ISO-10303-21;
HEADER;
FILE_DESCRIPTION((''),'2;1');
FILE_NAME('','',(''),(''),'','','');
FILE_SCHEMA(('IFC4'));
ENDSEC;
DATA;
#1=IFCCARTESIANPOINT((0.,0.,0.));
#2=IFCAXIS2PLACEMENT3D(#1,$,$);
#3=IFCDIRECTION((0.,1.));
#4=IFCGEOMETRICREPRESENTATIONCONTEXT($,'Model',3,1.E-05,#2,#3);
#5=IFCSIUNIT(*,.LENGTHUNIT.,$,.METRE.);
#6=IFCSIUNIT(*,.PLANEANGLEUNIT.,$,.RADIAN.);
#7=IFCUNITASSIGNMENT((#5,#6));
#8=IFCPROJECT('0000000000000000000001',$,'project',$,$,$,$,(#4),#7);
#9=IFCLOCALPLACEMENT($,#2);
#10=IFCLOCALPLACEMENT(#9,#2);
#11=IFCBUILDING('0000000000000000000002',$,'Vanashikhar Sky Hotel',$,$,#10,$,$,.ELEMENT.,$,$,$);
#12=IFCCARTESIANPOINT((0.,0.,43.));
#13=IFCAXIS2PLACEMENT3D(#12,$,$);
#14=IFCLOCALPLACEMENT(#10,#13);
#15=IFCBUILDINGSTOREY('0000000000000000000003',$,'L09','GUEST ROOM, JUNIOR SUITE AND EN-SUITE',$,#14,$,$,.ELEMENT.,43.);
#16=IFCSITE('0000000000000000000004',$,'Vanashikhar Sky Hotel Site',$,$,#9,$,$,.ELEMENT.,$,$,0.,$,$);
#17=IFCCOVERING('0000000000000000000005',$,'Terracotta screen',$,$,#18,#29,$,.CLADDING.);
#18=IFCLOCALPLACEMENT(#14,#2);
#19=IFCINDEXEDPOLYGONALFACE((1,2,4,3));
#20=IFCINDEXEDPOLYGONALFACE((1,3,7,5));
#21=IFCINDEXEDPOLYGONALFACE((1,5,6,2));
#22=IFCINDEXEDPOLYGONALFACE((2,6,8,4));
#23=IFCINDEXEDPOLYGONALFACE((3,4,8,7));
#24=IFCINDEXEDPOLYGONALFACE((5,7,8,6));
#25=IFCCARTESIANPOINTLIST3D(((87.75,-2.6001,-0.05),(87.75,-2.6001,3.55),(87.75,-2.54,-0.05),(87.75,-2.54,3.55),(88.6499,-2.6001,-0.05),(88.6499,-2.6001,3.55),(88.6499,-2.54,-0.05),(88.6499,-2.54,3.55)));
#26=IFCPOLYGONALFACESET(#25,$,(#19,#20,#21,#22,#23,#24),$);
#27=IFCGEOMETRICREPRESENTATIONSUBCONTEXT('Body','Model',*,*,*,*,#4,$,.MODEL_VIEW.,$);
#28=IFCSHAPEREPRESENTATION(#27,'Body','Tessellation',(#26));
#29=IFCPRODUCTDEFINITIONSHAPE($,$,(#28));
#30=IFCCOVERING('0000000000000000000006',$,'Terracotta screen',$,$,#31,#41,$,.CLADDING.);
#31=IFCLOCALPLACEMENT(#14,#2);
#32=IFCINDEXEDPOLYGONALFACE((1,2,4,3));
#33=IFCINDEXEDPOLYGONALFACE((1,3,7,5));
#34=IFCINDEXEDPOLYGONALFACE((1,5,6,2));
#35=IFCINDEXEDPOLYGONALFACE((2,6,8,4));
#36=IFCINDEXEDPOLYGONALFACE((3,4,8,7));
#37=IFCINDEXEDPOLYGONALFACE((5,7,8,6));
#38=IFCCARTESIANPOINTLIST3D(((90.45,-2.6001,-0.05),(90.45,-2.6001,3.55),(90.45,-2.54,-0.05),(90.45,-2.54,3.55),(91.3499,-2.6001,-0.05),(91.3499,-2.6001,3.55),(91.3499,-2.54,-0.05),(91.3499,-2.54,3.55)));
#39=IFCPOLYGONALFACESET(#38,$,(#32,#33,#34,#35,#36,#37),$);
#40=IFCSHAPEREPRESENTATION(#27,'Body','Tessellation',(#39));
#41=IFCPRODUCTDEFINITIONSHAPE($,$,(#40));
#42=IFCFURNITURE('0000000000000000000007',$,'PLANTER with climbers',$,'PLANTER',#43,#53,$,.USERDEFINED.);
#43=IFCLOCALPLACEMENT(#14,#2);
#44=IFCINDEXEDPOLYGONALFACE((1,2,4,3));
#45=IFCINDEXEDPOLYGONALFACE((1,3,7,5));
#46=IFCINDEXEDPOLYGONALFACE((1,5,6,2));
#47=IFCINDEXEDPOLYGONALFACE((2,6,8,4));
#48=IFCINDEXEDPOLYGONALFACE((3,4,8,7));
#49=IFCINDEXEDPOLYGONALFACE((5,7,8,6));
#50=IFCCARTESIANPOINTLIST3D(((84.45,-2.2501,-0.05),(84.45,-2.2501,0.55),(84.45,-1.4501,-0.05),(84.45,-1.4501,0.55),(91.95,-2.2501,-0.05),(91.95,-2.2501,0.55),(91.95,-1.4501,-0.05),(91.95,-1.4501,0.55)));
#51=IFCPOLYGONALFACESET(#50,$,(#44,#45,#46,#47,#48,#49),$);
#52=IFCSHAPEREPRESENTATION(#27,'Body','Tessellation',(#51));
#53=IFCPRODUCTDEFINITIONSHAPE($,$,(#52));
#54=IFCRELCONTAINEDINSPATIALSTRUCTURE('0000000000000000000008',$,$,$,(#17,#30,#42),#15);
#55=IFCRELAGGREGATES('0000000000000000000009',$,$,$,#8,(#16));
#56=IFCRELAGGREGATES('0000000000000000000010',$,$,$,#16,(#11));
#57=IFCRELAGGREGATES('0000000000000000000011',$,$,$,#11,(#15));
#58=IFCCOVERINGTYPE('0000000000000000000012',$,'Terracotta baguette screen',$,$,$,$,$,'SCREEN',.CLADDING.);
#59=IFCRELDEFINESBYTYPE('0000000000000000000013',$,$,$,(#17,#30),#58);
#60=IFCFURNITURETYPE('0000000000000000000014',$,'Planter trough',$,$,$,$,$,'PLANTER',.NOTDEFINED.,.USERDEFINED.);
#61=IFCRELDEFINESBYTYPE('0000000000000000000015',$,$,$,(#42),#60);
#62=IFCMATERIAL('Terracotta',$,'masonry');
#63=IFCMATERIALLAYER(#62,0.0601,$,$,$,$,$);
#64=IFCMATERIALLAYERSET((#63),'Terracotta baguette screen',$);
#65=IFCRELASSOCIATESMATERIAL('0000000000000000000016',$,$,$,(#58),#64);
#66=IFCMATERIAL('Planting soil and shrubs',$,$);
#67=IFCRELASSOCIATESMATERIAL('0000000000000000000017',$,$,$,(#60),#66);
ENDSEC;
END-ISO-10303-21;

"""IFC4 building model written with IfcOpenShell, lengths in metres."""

from ifc_helpers import new_model, si_unit, direction, frame, origin, origin_2d, place, context, subcontext, project, spatial, rectangle, extrude, source, transform, mapped, material, layer, layer_set, type_object, element, save


model = new_model("IFC4")

# Units and contexts
model_context = context("Model", 3, precision=1e-05, world=origin(), true_north=direction((0.0, 1.0)))
body_context = subcontext(model_context, "Body", "Model", "MODEL_VIEW")
ifc_project = project(units=[si_unit("LENGTHUNIT", "METRE"), si_unit("PLANEANGLEUNIT", "RADIAN")], contexts=[model_context])

# Site, building, storey
site_placement = place(None, origin())
site = spatial("IfcSite", under=ifc_project, at=site_placement, Name="Vanashikhar Sky Hotel Site", CompositionType="ELEMENT", RefElevation=0.0)
building_placement = place(site_placement, origin())
building = spatial("IfcBuilding", under=site, at=building_placement, Name="Vanashikhar Sky Hotel", CompositionType="ELEMENT")
storey_placement = place(building_placement, frame((0.0, 0.0, 43.0)))
storey = spatial("IfcBuildingStorey", under=building, at=storey_placement, Name="L09", Description="GUEST ROOM, JUNIOR SUITE AND EN-SUITE", CompositionType="ELEMENT", Elevation=43.0)

# Coverings
ifc_material_1 = material(Name="Terracotta", Category="masonry")
ifc_layer_1 = layer(ifc_material_1, 0.0601)
ifc_layer_set_1 = layer_set([ifc_layer_1], Name="Terracotta baguette screen")
covering_type = type_object("IfcCoveringType", Name="Terracotta baguette screen", ElementType="SCREEN", PredefinedType="CLADDING", material=ifc_layer_set_1)
shared_shape_1 = source(origin(), body_context, "Body", "SweptSolid", [
    extrude(rectangle(XDim=0.8999, YDim=0.0601, at=origin_2d()), origin(), (0.0, 0.0, 1.0), 3.6001),
])
for number, where, z_axis, x_axis, name in (
    (1, (88.2, -2.5701, -0.05), (0.0, 0.0, 1.0), (1.0, 0.0, 0.0), "Terracotta screen"),
    (2, (90.8999, -2.5701, -0.05), (0.0, 0.0, 1.0), (1.0, 0.0, 0.0), "Terracotta screen"),
):
    element("IfcCovering", number, at=place(storey_placement, frame(where, z_axis=z_axis, x_axis=x_axis)), inside=storey, type_object=covering_type, Name=name, PredefinedType="CLADDING", context=body_context, shape_type="MappedRepresentation", body=[
        mapped(shared_shape_1, transform((0.0, 0.0, 0.0), scale=1.0)),
    ])

# Furniture
ifc_material_2 = material(Name="Planting soil and shrubs")
furniture_type = type_object("IfcFurnitureType", Name="Planter trough", ElementType="PLANTER", AssemblyPlace="NOTDEFINED", PredefinedType="USERDEFINED", material=ifc_material_2)
shared_shape_2 = source(origin(), body_context, "Body", "SweptSolid", [
    extrude(rectangle(XDim=7.5, YDim=0.8, at=origin_2d()), origin(), (0.0, 0.0, 1.0), 0.6001),
])
furniture_placement = place(storey_placement, frame((88.2, -1.8501, -0.05), z_axis=(0.0, 0.0, 1.0), x_axis=(1.0, 0.0, 0.0)))
element("IfcFurniture", 3, at=furniture_placement, inside=storey, type_object=furniture_type, Name="PLANTER with climbers", ObjectType="PLANTER", PredefinedType="USERDEFINED", context=body_context, shape_type="MappedRepresentation", body=[
    mapped(shared_shape_2, transform((0.0, 0.0, 0.0), scale=1.0)),
])

save(model, "model.ifc")
